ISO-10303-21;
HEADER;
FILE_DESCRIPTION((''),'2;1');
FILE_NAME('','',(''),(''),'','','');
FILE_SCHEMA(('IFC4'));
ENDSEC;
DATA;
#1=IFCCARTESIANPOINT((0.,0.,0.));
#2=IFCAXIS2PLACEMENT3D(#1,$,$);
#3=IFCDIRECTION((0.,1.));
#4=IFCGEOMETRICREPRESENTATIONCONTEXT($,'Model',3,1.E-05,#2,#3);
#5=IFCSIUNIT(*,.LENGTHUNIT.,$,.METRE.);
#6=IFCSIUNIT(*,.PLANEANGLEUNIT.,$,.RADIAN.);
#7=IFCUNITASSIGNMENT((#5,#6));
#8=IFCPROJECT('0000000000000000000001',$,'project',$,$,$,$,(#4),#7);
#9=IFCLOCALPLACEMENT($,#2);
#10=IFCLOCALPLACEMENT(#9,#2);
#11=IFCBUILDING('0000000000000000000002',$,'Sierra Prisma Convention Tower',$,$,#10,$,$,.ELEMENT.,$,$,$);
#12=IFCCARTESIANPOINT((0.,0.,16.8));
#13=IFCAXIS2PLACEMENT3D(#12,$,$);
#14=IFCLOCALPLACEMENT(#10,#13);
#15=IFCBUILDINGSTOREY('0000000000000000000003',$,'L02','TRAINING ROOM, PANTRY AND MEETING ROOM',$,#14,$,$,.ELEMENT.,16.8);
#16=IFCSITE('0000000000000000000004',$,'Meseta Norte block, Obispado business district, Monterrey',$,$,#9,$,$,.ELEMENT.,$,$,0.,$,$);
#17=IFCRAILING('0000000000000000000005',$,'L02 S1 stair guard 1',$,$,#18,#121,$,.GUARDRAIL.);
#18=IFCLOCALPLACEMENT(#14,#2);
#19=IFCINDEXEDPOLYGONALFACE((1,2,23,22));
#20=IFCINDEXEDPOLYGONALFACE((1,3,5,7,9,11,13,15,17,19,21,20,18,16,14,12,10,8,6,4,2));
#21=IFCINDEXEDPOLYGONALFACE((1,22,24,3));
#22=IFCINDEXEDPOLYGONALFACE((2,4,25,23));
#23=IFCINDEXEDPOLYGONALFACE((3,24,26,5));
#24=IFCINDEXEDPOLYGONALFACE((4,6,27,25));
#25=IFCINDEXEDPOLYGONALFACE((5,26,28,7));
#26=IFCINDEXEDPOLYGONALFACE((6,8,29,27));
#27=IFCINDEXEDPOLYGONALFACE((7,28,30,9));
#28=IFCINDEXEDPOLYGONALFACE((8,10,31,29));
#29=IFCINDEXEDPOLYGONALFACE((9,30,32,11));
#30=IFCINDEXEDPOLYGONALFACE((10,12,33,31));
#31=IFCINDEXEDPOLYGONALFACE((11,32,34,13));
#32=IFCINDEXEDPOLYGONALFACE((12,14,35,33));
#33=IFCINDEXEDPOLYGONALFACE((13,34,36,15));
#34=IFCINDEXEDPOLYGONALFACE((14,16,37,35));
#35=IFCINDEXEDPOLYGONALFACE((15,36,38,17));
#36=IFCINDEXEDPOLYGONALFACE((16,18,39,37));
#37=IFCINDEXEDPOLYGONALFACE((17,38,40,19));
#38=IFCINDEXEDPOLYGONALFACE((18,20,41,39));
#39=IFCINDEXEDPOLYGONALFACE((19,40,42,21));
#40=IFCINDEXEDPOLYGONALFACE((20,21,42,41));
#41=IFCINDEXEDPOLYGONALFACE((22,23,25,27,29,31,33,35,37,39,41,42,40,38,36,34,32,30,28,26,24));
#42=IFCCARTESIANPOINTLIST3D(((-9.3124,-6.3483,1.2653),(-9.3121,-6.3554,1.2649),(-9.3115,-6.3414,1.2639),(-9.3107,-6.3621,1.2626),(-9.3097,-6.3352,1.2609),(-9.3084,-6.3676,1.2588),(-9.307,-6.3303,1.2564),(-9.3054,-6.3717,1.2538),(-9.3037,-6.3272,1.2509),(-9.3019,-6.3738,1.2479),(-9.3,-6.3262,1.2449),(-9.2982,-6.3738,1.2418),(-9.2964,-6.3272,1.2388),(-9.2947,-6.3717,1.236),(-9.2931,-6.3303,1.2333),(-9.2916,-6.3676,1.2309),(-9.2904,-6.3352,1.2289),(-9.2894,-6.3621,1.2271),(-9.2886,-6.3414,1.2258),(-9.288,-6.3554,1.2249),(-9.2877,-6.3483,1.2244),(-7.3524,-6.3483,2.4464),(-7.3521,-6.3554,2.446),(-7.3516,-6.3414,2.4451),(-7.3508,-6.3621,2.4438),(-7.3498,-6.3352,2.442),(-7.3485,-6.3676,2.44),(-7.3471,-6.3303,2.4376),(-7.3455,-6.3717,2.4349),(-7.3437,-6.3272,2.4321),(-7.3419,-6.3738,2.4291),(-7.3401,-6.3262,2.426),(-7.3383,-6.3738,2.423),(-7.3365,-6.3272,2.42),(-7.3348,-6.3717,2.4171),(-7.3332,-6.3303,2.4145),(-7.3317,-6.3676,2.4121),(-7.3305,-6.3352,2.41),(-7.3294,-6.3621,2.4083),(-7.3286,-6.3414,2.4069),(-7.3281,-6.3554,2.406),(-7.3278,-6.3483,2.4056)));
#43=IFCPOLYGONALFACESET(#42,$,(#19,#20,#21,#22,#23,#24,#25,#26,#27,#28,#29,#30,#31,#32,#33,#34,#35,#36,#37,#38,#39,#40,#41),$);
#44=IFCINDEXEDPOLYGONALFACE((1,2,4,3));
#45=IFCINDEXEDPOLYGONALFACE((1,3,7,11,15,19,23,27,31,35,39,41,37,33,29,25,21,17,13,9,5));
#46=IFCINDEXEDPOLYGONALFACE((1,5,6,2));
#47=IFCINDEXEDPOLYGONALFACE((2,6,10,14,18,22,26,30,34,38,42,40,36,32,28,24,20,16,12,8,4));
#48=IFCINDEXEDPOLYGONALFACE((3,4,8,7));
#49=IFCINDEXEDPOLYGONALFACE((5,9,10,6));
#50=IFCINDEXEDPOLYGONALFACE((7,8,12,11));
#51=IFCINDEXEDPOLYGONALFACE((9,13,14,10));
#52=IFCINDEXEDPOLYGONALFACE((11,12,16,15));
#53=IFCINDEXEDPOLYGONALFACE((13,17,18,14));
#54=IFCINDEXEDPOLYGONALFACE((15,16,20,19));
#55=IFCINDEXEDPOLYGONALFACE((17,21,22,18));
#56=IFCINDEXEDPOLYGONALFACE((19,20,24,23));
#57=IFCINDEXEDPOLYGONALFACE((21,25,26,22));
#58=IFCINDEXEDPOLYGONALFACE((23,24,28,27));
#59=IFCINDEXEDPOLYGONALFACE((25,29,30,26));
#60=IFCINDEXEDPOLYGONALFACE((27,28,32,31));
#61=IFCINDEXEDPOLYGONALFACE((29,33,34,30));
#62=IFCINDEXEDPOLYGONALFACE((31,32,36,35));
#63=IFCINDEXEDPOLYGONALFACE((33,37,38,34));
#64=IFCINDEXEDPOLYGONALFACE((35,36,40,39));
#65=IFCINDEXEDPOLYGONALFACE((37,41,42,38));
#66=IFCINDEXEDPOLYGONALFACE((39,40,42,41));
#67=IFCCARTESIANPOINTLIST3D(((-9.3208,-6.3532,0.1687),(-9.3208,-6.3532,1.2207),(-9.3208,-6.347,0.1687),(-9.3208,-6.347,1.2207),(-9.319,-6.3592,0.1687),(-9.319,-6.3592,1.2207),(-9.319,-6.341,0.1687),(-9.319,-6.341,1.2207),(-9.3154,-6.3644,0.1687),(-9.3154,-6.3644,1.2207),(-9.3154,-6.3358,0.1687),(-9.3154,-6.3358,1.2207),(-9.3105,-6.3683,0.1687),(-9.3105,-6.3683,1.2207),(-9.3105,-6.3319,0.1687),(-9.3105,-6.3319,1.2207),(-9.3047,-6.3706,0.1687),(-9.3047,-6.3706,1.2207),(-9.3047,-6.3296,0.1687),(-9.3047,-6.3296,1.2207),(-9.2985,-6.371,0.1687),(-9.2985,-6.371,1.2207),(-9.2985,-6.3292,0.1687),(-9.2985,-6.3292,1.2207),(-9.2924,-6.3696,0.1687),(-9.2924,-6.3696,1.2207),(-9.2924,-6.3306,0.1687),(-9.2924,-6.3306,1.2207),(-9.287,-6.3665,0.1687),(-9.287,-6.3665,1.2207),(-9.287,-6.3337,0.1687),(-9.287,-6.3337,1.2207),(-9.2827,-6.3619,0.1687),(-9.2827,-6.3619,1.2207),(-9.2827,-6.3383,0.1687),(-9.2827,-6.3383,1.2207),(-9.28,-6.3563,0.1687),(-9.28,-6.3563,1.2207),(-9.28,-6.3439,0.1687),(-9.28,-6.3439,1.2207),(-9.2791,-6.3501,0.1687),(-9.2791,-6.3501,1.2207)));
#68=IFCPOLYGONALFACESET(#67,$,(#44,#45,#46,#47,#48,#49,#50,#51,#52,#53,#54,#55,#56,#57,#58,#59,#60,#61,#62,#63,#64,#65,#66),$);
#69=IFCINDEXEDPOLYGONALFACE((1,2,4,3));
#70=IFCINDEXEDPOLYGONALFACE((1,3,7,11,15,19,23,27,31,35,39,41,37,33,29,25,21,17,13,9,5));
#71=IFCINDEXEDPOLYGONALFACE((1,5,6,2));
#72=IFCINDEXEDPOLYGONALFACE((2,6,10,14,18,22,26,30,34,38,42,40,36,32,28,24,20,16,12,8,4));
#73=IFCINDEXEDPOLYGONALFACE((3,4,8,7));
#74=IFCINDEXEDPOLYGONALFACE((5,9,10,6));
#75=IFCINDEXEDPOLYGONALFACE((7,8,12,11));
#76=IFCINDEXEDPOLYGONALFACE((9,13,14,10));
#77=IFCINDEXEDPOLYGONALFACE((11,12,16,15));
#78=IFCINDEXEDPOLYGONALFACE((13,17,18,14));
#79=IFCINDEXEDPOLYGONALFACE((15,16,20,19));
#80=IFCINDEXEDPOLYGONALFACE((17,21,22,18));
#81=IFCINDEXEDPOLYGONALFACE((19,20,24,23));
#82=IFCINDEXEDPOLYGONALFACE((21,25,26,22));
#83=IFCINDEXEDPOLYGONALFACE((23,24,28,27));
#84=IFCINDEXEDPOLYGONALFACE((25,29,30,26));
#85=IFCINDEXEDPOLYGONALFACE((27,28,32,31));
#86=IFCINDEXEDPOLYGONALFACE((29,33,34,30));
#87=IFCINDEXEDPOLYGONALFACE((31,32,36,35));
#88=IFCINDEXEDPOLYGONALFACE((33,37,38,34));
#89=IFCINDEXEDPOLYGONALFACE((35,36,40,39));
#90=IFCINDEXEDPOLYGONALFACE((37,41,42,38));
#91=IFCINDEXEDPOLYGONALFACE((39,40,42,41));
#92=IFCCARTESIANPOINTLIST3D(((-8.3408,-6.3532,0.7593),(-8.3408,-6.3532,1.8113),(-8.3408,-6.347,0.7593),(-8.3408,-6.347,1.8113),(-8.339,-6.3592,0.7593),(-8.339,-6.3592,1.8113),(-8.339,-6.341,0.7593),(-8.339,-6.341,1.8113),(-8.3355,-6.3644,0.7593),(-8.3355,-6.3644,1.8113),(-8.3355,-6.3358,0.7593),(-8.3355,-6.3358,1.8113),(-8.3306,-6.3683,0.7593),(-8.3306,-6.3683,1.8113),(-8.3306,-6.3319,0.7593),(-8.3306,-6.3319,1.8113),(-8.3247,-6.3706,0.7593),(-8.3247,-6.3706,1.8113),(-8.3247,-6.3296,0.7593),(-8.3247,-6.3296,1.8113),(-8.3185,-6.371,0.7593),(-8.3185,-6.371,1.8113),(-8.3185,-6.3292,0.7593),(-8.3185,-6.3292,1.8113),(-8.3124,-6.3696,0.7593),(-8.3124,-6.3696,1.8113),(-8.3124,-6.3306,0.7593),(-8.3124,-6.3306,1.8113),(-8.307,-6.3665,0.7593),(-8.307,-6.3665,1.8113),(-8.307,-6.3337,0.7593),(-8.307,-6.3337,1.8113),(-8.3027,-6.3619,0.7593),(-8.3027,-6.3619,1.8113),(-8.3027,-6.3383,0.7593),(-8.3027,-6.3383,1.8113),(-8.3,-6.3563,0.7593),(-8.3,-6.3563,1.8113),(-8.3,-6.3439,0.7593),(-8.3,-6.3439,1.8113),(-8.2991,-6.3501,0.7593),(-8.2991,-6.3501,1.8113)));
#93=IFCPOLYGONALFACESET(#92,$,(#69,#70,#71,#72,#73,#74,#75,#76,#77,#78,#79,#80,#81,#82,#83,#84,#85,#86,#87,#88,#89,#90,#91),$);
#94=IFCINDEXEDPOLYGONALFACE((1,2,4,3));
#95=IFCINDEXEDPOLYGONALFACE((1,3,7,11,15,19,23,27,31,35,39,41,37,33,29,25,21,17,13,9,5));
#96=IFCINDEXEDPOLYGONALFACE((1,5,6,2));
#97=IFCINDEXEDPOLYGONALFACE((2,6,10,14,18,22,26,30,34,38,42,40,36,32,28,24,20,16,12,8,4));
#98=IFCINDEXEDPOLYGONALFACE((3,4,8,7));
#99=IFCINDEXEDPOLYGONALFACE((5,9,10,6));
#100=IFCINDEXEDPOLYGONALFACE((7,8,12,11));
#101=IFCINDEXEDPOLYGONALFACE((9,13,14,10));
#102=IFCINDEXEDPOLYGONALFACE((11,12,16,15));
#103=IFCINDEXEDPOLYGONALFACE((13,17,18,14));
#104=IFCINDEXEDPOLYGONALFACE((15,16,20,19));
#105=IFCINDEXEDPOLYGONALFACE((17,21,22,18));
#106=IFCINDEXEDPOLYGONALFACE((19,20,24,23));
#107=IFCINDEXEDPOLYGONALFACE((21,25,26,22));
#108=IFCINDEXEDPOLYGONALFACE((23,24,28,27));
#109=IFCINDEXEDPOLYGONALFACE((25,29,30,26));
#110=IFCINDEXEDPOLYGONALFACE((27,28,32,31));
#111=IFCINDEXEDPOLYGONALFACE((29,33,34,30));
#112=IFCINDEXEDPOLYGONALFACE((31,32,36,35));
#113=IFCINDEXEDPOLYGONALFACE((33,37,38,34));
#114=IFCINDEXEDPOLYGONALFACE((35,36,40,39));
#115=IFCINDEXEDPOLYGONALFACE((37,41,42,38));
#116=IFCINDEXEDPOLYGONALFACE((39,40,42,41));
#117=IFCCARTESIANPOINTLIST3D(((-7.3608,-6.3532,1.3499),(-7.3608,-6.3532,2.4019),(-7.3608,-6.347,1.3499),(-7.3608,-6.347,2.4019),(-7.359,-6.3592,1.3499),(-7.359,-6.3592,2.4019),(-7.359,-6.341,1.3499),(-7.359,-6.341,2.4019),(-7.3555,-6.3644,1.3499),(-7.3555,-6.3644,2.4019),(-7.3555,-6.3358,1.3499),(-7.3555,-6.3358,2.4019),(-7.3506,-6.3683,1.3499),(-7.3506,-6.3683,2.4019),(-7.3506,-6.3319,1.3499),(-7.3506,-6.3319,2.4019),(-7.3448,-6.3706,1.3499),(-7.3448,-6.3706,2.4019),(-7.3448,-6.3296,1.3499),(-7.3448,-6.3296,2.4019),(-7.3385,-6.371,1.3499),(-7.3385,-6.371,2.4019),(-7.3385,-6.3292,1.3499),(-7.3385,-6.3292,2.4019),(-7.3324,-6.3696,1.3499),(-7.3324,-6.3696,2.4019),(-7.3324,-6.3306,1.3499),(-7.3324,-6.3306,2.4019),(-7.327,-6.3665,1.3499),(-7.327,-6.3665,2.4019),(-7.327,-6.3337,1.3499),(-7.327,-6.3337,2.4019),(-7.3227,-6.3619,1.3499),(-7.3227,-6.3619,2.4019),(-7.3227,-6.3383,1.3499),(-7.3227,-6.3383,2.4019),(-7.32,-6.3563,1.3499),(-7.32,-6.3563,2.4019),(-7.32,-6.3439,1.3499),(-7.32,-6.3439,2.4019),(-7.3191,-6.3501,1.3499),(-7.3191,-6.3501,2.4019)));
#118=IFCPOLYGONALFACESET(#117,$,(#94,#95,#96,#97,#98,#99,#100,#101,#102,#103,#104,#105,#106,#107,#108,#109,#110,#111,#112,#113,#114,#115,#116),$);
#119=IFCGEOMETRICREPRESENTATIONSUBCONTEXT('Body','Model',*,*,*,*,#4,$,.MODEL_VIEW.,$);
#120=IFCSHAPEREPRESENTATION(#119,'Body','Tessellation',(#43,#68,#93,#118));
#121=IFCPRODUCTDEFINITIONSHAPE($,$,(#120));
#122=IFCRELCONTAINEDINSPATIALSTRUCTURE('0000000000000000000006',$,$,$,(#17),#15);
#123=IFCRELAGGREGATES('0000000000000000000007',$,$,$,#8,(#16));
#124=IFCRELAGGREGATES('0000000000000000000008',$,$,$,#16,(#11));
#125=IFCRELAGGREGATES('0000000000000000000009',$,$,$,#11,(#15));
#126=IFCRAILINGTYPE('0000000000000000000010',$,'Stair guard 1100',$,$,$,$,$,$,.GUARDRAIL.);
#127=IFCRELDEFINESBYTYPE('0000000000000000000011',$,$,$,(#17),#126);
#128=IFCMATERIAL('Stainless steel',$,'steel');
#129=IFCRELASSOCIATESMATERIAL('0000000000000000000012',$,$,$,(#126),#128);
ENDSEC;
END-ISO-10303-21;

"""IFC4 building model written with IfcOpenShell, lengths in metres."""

from ifc_helpers import new_model, si_unit, direction, frame, origin, origin_2d, place, context, subcontext, project, spatial, circle, extrude, material, type_object, element, save


model = new_model("IFC4")

# Units and contexts
model_context = context("Model", 3, precision=1e-05, world=origin(), true_north=direction((0.0, 1.0)))
body_context = subcontext(model_context, "Body", "Model", "MODEL_VIEW")
ifc_project = project(units=[si_unit("LENGTHUNIT", "METRE"), si_unit("PLANEANGLEUNIT", "RADIAN")], contexts=[model_context])

# Site, building, storey
site_placement = place(None, origin())
site = spatial("IfcSite", under=ifc_project, at=site_placement, Name="Meseta Norte block, Obispado business district, Monterrey", CompositionType="ELEMENT", RefElevation=0.0)
building_placement = place(site_placement, origin())
building = spatial("IfcBuilding", under=site, at=building_placement, Name="Sierra Prisma Convention Tower", CompositionType="ELEMENT")
storey_placement = place(building_placement, frame((0.0, 0.0, 16.8)))
storey = spatial("IfcBuildingStorey", under=building, at=storey_placement, Name="L02", Description="TRAINING ROOM, PANTRY AND MEETING ROOM", CompositionType="ELEMENT", Elevation=16.8)

# Railing
ifc_material_1 = material(Name="Stainless steel", Category="steel")
railing_type_1 = type_object("IfcRailingType", Name="Stair guard 1100", PredefinedType="GUARDRAIL", material=ifc_material_1)
railing_1_placement = place(storey_placement, frame((-9.3, -6.3501, 0.1687)))
element("IfcRailing", 1, at=railing_1_placement, inside=storey, type_object=railing_type_1, Name="L02 S1 stair guard 1", PredefinedType="GUARDRAIL", context=body_context, shape_type="SweptSolid", body=[
    extrude(circle(Radius=0.0239, at=origin_2d()), frame((0.0, 0.0, 1.0762), z_axis=(0.856493, 0.0, 0.516158), x_axis=(0.0, 1.0, 0.0)), (0.0, 0.0, 1.0), 2.2883),
    extrude(circle(Radius=0.021, at=origin_2d()), origin(), (0.0, 0.0, 1.0), 1.052),
    extrude(circle(Radius=0.021, at=origin_2d()), frame((0.98, 0.0, 0.5906)), (0.0, 0.0, 1.0), 1.052),
    extrude(circle(Radius=0.021, at=origin_2d()), frame((1.96, 0.0, 1.1812)), (0.0, 0.0, 1.0), 1.052),
])

save(model, "model.ifc")
